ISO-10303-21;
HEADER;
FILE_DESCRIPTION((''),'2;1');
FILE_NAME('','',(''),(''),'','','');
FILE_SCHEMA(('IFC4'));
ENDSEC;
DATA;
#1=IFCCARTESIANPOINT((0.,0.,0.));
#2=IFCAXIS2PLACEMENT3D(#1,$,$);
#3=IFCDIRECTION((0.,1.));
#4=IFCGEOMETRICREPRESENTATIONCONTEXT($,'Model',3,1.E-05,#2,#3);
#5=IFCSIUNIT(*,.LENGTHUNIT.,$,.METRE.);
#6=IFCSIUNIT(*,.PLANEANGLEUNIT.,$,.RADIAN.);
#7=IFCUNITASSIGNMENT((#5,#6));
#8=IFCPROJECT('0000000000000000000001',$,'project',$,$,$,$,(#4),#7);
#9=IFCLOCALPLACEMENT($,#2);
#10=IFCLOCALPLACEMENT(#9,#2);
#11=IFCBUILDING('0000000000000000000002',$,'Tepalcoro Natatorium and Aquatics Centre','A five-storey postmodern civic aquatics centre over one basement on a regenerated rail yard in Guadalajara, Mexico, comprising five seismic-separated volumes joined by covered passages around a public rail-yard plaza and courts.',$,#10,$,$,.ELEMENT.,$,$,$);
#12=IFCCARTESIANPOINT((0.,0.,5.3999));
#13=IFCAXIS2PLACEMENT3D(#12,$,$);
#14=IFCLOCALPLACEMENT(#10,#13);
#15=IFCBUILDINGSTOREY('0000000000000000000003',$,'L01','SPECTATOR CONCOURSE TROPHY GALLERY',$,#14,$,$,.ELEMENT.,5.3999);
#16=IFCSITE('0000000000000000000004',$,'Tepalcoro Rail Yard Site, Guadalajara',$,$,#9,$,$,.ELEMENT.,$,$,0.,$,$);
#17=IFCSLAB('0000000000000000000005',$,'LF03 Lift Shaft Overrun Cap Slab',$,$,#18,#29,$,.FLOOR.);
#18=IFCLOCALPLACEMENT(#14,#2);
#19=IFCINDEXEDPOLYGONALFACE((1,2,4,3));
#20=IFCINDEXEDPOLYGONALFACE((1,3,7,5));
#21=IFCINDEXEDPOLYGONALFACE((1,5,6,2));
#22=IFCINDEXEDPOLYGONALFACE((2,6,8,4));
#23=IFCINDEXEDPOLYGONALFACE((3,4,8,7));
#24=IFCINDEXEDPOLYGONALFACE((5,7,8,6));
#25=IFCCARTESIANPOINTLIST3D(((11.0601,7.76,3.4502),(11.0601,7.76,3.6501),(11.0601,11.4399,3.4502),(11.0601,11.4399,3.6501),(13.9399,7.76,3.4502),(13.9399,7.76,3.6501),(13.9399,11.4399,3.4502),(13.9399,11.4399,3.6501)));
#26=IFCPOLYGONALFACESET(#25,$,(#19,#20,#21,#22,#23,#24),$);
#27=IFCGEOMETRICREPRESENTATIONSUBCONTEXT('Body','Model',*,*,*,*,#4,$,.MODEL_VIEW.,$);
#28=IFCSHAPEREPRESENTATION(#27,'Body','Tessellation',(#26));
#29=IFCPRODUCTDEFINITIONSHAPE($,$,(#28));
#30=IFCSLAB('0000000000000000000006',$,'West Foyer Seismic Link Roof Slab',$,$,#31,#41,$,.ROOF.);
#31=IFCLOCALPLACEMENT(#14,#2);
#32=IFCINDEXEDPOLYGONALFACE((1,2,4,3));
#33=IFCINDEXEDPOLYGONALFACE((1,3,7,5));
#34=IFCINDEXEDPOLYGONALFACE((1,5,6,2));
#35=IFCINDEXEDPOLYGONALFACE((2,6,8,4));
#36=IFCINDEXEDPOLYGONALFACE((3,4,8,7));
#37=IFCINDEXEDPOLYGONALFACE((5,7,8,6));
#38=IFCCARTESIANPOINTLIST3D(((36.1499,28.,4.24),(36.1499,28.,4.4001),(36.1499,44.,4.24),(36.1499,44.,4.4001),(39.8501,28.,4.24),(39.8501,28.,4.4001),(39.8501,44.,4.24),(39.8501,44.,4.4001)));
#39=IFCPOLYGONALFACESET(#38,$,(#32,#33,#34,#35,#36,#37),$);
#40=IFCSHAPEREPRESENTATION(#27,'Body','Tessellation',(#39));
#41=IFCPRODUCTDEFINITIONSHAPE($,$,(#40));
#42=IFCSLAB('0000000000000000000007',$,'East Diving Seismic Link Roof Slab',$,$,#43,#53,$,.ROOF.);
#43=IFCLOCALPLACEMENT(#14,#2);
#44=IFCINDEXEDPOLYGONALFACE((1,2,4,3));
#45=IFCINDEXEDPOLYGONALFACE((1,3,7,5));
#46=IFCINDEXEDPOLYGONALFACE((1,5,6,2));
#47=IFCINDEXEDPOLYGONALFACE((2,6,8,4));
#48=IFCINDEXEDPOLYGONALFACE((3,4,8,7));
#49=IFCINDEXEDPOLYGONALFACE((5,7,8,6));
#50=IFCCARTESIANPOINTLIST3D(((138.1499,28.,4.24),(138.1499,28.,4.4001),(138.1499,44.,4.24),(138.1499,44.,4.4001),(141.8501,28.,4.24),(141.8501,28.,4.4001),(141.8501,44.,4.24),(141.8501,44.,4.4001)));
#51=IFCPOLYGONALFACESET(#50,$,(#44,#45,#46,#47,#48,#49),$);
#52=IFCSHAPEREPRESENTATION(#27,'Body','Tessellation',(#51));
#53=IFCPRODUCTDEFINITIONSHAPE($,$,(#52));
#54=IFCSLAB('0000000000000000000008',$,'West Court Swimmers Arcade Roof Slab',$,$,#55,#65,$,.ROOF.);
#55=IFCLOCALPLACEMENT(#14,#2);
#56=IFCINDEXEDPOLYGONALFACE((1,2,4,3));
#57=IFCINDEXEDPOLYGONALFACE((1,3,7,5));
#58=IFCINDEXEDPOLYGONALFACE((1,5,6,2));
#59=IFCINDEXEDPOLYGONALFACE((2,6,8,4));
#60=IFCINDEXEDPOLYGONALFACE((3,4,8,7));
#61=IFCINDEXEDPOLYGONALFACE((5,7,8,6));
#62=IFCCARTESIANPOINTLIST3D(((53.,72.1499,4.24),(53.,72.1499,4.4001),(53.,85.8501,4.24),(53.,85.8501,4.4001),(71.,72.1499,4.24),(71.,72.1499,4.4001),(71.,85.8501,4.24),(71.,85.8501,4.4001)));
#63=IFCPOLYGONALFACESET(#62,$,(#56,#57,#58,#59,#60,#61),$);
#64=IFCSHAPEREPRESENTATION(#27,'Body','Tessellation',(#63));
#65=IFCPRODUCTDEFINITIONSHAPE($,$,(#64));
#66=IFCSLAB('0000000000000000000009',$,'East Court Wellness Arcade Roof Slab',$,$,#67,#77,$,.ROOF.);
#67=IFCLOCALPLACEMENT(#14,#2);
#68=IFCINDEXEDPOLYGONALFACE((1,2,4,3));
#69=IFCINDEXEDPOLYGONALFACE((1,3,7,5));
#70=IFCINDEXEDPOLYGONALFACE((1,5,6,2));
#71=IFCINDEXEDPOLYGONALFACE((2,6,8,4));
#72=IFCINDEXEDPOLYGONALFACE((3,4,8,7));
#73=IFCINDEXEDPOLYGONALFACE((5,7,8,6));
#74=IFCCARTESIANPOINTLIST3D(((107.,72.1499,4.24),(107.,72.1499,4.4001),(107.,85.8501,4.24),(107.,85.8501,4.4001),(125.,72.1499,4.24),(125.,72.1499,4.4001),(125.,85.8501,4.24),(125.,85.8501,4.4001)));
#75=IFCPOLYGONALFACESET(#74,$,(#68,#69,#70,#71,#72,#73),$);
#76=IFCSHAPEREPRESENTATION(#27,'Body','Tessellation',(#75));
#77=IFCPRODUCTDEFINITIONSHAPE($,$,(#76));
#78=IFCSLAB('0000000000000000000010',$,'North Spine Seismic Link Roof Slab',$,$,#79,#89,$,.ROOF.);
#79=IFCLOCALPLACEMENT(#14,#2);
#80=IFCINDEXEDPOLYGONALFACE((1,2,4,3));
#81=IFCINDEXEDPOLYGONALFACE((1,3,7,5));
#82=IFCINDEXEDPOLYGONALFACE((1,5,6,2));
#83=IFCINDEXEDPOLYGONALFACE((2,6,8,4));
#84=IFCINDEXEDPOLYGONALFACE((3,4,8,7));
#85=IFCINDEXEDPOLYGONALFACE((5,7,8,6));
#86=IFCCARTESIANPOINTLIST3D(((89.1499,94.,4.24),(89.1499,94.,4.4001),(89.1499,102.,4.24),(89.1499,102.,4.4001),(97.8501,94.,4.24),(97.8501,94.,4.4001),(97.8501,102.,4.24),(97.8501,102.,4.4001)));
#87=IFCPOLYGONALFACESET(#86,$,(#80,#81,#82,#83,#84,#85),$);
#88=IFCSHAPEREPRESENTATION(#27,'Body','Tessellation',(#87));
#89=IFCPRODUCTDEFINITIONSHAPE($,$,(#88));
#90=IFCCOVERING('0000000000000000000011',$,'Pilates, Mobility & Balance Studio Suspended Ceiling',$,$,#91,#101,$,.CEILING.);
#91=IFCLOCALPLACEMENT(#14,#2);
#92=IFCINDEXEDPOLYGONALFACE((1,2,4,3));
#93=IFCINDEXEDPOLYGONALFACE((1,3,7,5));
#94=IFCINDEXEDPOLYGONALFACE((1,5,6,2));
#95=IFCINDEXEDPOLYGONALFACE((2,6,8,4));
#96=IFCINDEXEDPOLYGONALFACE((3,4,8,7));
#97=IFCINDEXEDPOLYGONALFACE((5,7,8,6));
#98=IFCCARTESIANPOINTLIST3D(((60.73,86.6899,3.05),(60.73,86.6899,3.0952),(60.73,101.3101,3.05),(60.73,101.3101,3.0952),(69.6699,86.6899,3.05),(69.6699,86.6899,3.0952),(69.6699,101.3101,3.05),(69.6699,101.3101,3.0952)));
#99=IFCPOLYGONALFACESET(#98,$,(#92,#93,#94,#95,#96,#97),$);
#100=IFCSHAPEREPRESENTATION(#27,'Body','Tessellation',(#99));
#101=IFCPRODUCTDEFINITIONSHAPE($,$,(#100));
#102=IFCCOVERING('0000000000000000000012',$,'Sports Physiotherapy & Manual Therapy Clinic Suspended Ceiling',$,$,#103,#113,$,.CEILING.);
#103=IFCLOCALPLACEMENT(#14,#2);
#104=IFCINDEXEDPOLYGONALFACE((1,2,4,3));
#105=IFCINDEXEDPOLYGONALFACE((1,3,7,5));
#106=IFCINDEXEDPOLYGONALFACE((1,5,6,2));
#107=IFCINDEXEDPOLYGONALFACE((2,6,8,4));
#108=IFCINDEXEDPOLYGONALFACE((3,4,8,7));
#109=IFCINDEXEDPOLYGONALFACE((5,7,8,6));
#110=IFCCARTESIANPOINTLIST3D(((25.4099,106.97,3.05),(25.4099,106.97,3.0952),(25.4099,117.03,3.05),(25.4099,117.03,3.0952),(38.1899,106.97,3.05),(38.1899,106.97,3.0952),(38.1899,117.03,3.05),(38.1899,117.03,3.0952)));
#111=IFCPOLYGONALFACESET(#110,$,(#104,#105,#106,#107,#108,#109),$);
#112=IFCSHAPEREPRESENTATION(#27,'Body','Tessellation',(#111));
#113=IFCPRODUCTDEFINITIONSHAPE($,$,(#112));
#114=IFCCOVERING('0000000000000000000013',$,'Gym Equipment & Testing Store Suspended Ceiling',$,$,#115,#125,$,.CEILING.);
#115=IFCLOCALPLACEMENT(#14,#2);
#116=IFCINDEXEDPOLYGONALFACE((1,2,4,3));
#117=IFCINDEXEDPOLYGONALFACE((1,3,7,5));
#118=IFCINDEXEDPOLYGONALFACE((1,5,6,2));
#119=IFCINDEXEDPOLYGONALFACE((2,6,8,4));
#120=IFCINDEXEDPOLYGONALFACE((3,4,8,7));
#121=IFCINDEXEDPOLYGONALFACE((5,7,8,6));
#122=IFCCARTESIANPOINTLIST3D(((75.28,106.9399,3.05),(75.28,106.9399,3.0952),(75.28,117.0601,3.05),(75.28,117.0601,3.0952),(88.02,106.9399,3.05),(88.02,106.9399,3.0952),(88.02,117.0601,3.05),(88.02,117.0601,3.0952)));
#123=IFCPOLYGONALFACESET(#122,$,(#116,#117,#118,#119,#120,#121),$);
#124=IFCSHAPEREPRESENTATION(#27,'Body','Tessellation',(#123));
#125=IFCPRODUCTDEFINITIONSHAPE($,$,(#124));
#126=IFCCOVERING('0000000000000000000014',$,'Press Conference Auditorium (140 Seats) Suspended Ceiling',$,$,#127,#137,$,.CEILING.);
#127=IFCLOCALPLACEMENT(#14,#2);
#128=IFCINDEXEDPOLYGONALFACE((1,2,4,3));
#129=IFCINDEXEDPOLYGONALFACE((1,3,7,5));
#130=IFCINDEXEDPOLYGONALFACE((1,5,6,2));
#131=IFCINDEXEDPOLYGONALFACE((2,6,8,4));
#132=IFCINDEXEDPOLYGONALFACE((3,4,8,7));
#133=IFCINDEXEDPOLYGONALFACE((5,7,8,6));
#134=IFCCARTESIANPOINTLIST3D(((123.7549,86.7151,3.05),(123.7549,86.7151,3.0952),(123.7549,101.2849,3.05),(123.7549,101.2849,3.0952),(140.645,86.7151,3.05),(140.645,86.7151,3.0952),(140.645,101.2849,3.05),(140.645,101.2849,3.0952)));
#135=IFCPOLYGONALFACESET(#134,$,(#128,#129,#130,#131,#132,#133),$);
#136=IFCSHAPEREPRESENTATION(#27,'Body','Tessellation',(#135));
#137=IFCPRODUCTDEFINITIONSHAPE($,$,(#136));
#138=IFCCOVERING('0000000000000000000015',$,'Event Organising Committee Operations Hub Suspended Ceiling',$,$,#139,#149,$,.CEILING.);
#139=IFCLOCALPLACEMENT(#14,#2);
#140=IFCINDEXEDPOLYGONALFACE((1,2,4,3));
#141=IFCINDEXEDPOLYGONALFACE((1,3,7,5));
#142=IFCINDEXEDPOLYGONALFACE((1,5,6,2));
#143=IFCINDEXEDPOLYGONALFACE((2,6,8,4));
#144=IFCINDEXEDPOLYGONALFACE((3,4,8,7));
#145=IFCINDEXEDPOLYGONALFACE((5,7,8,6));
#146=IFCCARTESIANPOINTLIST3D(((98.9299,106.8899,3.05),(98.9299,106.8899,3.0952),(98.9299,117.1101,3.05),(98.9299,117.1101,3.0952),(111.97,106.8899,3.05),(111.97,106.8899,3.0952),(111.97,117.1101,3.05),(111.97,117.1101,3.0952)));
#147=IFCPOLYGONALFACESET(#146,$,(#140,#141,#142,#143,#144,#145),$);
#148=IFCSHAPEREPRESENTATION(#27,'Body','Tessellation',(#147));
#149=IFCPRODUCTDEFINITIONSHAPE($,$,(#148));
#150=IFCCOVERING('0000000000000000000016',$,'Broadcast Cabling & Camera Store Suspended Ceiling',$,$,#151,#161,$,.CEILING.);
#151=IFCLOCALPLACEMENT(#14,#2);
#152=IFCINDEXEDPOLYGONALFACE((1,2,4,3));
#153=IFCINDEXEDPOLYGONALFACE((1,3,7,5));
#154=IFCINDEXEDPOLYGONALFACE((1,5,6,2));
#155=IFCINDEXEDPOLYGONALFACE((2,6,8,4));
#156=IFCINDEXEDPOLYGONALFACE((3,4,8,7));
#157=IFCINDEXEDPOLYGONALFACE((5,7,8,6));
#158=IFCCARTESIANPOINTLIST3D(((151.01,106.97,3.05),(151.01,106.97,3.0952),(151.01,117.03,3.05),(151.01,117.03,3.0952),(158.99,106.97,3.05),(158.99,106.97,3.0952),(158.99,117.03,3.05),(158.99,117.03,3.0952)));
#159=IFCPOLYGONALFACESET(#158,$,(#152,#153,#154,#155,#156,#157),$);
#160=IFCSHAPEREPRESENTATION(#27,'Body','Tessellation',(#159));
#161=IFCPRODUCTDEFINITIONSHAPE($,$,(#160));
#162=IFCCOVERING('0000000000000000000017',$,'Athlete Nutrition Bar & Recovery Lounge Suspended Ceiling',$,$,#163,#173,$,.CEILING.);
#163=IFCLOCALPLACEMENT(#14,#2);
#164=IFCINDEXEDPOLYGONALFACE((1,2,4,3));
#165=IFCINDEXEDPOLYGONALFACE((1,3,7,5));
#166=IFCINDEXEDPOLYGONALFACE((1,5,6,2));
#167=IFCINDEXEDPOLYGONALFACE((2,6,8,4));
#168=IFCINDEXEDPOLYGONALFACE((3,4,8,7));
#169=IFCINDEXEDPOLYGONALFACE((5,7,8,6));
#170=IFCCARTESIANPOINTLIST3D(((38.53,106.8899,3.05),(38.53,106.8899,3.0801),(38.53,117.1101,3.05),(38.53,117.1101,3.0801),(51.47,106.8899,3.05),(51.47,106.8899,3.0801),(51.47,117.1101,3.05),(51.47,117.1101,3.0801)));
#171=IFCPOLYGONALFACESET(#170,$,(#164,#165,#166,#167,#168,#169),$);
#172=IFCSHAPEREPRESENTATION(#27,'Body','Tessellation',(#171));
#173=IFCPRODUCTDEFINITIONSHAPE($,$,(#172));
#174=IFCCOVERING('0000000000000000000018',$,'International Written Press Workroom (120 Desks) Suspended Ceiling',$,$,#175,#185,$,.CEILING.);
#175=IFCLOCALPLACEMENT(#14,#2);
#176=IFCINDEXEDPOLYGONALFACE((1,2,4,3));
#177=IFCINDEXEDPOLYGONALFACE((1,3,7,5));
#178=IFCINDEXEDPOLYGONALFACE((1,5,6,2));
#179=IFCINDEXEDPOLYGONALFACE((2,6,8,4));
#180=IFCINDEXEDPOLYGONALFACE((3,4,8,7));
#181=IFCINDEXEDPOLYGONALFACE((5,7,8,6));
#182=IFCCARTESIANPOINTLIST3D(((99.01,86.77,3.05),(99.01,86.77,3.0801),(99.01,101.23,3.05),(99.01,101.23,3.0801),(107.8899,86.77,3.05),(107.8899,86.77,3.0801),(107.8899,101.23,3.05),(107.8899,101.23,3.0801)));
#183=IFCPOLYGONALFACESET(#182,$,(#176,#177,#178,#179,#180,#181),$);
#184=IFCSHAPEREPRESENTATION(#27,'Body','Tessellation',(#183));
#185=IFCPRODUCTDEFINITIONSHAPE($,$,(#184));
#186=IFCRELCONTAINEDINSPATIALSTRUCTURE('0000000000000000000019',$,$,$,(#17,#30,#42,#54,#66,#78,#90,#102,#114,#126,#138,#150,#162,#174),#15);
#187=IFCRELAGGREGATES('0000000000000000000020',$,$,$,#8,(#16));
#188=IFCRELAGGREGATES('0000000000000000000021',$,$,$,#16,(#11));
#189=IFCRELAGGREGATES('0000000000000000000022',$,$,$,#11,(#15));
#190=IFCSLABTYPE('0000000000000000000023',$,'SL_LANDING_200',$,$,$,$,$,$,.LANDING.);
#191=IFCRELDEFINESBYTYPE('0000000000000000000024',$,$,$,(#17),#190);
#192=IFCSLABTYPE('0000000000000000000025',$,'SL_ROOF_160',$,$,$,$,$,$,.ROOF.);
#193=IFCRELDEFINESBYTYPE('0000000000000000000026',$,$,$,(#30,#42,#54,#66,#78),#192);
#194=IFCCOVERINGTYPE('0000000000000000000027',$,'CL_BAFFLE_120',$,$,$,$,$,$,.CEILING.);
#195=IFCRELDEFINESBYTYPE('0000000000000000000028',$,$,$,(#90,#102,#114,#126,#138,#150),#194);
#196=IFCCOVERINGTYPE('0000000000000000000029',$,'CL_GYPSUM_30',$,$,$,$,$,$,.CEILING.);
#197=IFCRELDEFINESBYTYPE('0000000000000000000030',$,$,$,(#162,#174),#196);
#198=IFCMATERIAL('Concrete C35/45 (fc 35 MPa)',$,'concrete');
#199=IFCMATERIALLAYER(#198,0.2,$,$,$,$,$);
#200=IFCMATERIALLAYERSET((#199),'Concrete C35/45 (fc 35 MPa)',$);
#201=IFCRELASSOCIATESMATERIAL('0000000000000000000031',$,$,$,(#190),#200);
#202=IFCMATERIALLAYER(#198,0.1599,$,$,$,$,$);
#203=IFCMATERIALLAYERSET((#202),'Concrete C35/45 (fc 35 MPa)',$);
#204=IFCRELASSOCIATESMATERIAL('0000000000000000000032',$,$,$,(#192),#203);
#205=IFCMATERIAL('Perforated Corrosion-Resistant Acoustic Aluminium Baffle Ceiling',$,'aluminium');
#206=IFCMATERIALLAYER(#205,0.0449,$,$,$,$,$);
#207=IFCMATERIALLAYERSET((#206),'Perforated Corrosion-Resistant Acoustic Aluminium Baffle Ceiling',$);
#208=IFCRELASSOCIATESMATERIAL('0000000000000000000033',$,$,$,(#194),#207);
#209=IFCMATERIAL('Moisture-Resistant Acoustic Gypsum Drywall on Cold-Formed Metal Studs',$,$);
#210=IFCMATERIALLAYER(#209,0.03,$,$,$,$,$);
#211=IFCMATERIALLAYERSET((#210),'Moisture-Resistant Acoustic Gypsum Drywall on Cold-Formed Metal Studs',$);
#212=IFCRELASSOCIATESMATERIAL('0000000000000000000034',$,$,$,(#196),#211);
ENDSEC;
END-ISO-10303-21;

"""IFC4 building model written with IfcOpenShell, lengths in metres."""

from ifc_helpers import new_model, si_unit, direction, frame, origin, place, context, subcontext, project, spatial, polyline, outline, extrude, material, layer, layer_set, type_object, element, save


model = new_model("IFC4")

# Units and contexts
model_context = context("Model", 3, precision=1e-05, world=origin(), true_north=direction((0.0, 1.0)))
body_context = subcontext(model_context, "Body", "Model", "MODEL_VIEW")
ifc_project = project(units=[si_unit("LENGTHUNIT", "METRE"), si_unit("PLANEANGLEUNIT", "RADIAN")], contexts=[model_context])

# Site, building, storey
site_placement = place(None, origin())
site = spatial("IfcSite", under=ifc_project, at=site_placement, Name="Tepalcoro Rail Yard Site, Guadalajara", CompositionType="ELEMENT", RefElevation=0.0)
building_placement = place(site_placement, origin())
building = spatial("IfcBuilding", under=site, at=building_placement, Name="Tepalcoro Natatorium and Aquatics Centre", Description="A five-storey postmodern civic aquatics centre over one basement on a regenerated rail yard in Guadalajara, Mexico, comprising five seismic-separated volumes joined by covered passages around a public rail-yard plaza and courts.", CompositionType="ELEMENT")
storey_placement = place(building_placement, frame((0.0, 0.0, 5.3999)))
storey = spatial("IfcBuildingStorey", under=building, at=storey_placement, Name="L01", Description="SPECTATOR CONCOURSE TROPHY GALLERY", CompositionType="ELEMENT", Elevation=5.3999)

# Slabs
ifc_material_1 = material(Name="Concrete C35/45 (fc 35 MPa)", Category="concrete")
ifc_layer_1 = layer(ifc_material_1, 0.2)
ifc_layer_set_1 = layer_set([ifc_layer_1], Name="Concrete C35/45 (fc 35 MPa)")
slab_type_1 = type_object("IfcSlabType", Name="SL_LANDING_200", PredefinedType="LANDING", material=ifc_layer_set_1)
slab_1_placement = place(storey_placement, frame((0.0, 0.0, 3.4502)))
element("IfcSlab", 1, at=slab_1_placement, inside=storey, type_object=slab_type_1, Name="LF03 Lift Shaft Overrun Cap Slab", PredefinedType="FLOOR", context=body_context, shape_type="SweptSolid", body=[
    extrude(outline(polyline([(11.0601, 7.76), (13.9399, 7.76), (13.9399, 11.4399), (11.0601, 11.4399), (11.0601, 7.76)])), origin(), (0.0, 0.0, 1.0), 0.2),
])
ifc_layer_2 = layer(ifc_material_1, 0.1599)
ifc_layer_set_2 = layer_set([ifc_layer_2], Name="Concrete C35/45 (fc 35 MPa)")
slab_type_2 = type_object("IfcSlabType", Name="SL_ROOF_160", PredefinedType="ROOF", material=ifc_layer_set_2)
slab_2_placement = place(storey_placement, frame((0.0, 0.0, 4.24)))
element("IfcSlab", 2, at=slab_2_placement, inside=storey, type_object=slab_type_2, Name="West Foyer Seismic Link Roof Slab", PredefinedType="ROOF", context=body_context, shape_type="SweptSolid", body=[
    extrude(outline(polyline([(39.8501, 28.0), (39.8501, 44.0), (36.1499, 44.0), (36.1499, 28.0), (39.8501, 28.0)])), origin(), (0.0, 0.0, 1.0), 0.1602),
])
slab_3_placement = place(storey_placement, frame((0.0, 0.0, 4.24)))
element("IfcSlab", 3, at=slab_3_placement, inside=storey, type_object=slab_type_2, Name="East Diving Seismic Link Roof Slab", PredefinedType="ROOF", context=body_context, shape_type="SweptSolid", body=[
    extrude(outline(polyline([(141.8501, 28.0), (141.8501, 44.0), (138.1499, 44.0), (138.1499, 28.0), (141.8501, 28.0)])), origin(), (0.0, 0.0, 1.0), 0.1602),
])
slab_4_placement = place(storey_placement, frame((0.0, 0.0, 4.24)))
element("IfcSlab", 4, at=slab_4_placement, inside=storey, type_object=slab_type_2, Name="West Court Swimmers Arcade Roof Slab", PredefinedType="ROOF", context=body_context, shape_type="SweptSolid", body=[
    extrude(outline(polyline([(71.0, 72.1499), (71.0, 85.8501), (53.0, 85.8501), (53.0, 72.1499), (71.0, 72.1499)])), origin(), (0.0, 0.0, 1.0), 0.1602),
])
slab_5_placement = place(storey_placement, frame((0.0, 0.0, 4.24)))
element("IfcSlab", 5, at=slab_5_placement, inside=storey, type_object=slab_type_2, Name="East Court Wellness Arcade Roof Slab", PredefinedType="ROOF", context=body_context, shape_type="SweptSolid", body=[
    extrude(outline(polyline([(125.0, 72.1499), (125.0, 85.8501), (107.0, 85.8501), (107.0, 72.1499), (125.0, 72.1499)])), origin(), (0.0, 0.0, 1.0), 0.1602),
])
slab_6_placement = place(storey_placement, frame((0.0, 0.0, 4.24)))
element("IfcSlab", 6, at=slab_6_placement, inside=storey, type_object=slab_type_2, Name="North Spine Seismic Link Roof Slab", PredefinedType="ROOF", context=body_context, shape_type="SweptSolid", body=[
    extrude(outline(polyline([(97.8501, 94.0), (97.8501, 102.0), (89.1499, 102.0), (89.1499, 94.0), (97.8501, 94.0)])), origin(), (0.0, 0.0, 1.0), 0.1602),
])

# Coverings
ifc_material_2 = material(Name="Perforated Corrosion-Resistant Acoustic Aluminium Baffle Ceiling", Category="aluminium")
ifc_layer_3 = layer(ifc_material_2, 0.0449)
ifc_layer_set_3 = layer_set([ifc_layer_3], Name="Perforated Corrosion-Resistant Acoustic Aluminium Baffle Ceiling")
covering_type_1 = type_object("IfcCoveringType", Name="CL_BAFFLE_120", PredefinedType="CEILING", material=ifc_layer_set_3)
covering_1_placement = place(storey_placement, frame((0.0, 0.0, 3.05)))
element("IfcCovering", 7, at=covering_1_placement, inside=storey, type_object=covering_type_1, Name="Pilates, Mobility & Balance Studio Suspended Ceiling", PredefinedType="CEILING", context=body_context, shape_type="SweptSolid", body=[
    extrude(outline(polyline([(60.73, 86.6899), (60.73, 101.3101), (69.6699, 101.3101), (69.6699, 86.6899), (60.73, 86.6899)])), origin(), (0.0, 0.0, 1.0), 0.0452),
])
covering_2_placement = place(storey_placement, frame((0.0, 0.0, 3.05)))
element("IfcCovering", 8, at=covering_2_placement, inside=storey, type_object=covering_type_1, Name="Sports Physiotherapy & Manual Therapy Clinic Suspended Ceiling", PredefinedType="CEILING", context=body_context, shape_type="SweptSolid", body=[
    extrude(outline(polyline([(25.4099, 106.97), (25.4099, 117.03), (38.1899, 117.03), (38.1899, 106.97), (25.4099, 106.97)])), origin(), (0.0, 0.0, 1.0), 0.0452),
])
covering_3_placement = place(storey_placement, frame((0.0, 0.0, 3.05)))
element("IfcCovering", 9, at=covering_3_placement, inside=storey, type_object=covering_type_1, Name="Gym Equipment & Testing Store Suspended Ceiling", PredefinedType="CEILING", context=body_context, shape_type="SweptSolid", body=[
    extrude(outline(polyline([(75.28, 106.9399), (75.28, 117.0601), (88.02, 117.0601), (88.02, 106.9399), (75.28, 106.9399)])), origin(), (0.0, 0.0, 1.0), 0.0452),
])
covering_4_placement = place(storey_placement, frame((0.0, 0.0, 3.05)))
element("IfcCovering", 10, at=covering_4_placement, inside=storey, type_object=covering_type_1, Name="Press Conference Auditorium (140 Seats) Suspended Ceiling", PredefinedType="CEILING", context=body_context, shape_type="SweptSolid", body=[
    extrude(outline(polyline([(123.7549, 86.7151), (123.7549, 101.2849), (140.645, 101.2849), (140.645, 86.7151), (123.7549, 86.7151)])), origin(), (0.0, 0.0, 1.0), 0.0452),
])
covering_5_placement = place(storey_placement, frame((0.0, 0.0, 3.05)))
element("IfcCovering", 11, at=covering_5_placement, inside=storey, type_object=covering_type_1, Name="Event Organising Committee Operations Hub Suspended Ceiling", PredefinedType="CEILING", context=body_context, shape_type="SweptSolid", body=[
    extrude(outline(polyline([(98.9299, 106.8899), (98.9299, 117.1101), (111.97, 117.1101), (111.97, 106.8899), (98.9299, 106.8899)])), origin(), (0.0, 0.0, 1.0), 0.0452),
])
covering_6_placement = place(storey_placement, frame((0.0, 0.0, 3.05)))
element("IfcCovering", 12, at=covering_6_placement, inside=storey, type_object=covering_type_1, Name="Broadcast Cabling & Camera Store Suspended Ceiling", PredefinedType="CEILING", context=body_context, shape_type="SweptSolid", body=[
    extrude(outline(polyline([(151.01, 106.97), (151.01, 117.03), (158.99, 117.03), (158.99, 106.97), (151.01, 106.97)])), origin(), (0.0, 0.0, 1.0), 0.0452),
])
ifc_material_3 = material(Name="Moisture-Resistant Acoustic Gypsum Drywall on Cold-Formed Metal Studs")
ifc_layer_4 = layer(ifc_material_3, 0.03)
ifc_layer_set_4 = layer_set([ifc_layer_4], Name="Moisture-Resistant Acoustic Gypsum Drywall on Cold-Formed Metal Studs")
covering_type_2 = type_object("IfcCoveringType", Name="CL_GYPSUM_30", PredefinedType="CEILING", material=ifc_layer_set_4)
covering_7_placement = place(storey_placement, frame((0.0, 0.0, 3.05)))
element("IfcCovering", 13, at=covering_7_placement, inside=storey, type_object=covering_type_2, Name="Athlete Nutrition Bar & Recovery Lounge Suspended Ceiling", PredefinedType="CEILING", context=body_context, shape_type="SweptSolid", body=[
    extrude(outline(polyline([(38.53, 106.8899), (38.53, 117.1101), (51.47, 117.1101), (51.47, 106.8899), (38.53, 106.8899)])), origin(), (0.0, 0.0, 1.0), 0.03),
])
covering_8_placement = place(storey_placement, frame((0.0, 0.0, 3.05)))
element("IfcCovering", 14, at=covering_8_placement, inside=storey, type_object=covering_type_2, Name="International Written Press Workroom (120 Desks) Suspended Ceiling", PredefinedType="CEILING", context=body_context, shape_type="SweptSolid", body=[
    extrude(outline(polyline([(99.01, 86.77), (99.01, 101.23), (107.8899, 101.23), (107.8899, 86.77), (99.01, 86.77)])), origin(), (0.0, 0.0, 1.0), 0.03),
])

save(model, "model.ifc")
